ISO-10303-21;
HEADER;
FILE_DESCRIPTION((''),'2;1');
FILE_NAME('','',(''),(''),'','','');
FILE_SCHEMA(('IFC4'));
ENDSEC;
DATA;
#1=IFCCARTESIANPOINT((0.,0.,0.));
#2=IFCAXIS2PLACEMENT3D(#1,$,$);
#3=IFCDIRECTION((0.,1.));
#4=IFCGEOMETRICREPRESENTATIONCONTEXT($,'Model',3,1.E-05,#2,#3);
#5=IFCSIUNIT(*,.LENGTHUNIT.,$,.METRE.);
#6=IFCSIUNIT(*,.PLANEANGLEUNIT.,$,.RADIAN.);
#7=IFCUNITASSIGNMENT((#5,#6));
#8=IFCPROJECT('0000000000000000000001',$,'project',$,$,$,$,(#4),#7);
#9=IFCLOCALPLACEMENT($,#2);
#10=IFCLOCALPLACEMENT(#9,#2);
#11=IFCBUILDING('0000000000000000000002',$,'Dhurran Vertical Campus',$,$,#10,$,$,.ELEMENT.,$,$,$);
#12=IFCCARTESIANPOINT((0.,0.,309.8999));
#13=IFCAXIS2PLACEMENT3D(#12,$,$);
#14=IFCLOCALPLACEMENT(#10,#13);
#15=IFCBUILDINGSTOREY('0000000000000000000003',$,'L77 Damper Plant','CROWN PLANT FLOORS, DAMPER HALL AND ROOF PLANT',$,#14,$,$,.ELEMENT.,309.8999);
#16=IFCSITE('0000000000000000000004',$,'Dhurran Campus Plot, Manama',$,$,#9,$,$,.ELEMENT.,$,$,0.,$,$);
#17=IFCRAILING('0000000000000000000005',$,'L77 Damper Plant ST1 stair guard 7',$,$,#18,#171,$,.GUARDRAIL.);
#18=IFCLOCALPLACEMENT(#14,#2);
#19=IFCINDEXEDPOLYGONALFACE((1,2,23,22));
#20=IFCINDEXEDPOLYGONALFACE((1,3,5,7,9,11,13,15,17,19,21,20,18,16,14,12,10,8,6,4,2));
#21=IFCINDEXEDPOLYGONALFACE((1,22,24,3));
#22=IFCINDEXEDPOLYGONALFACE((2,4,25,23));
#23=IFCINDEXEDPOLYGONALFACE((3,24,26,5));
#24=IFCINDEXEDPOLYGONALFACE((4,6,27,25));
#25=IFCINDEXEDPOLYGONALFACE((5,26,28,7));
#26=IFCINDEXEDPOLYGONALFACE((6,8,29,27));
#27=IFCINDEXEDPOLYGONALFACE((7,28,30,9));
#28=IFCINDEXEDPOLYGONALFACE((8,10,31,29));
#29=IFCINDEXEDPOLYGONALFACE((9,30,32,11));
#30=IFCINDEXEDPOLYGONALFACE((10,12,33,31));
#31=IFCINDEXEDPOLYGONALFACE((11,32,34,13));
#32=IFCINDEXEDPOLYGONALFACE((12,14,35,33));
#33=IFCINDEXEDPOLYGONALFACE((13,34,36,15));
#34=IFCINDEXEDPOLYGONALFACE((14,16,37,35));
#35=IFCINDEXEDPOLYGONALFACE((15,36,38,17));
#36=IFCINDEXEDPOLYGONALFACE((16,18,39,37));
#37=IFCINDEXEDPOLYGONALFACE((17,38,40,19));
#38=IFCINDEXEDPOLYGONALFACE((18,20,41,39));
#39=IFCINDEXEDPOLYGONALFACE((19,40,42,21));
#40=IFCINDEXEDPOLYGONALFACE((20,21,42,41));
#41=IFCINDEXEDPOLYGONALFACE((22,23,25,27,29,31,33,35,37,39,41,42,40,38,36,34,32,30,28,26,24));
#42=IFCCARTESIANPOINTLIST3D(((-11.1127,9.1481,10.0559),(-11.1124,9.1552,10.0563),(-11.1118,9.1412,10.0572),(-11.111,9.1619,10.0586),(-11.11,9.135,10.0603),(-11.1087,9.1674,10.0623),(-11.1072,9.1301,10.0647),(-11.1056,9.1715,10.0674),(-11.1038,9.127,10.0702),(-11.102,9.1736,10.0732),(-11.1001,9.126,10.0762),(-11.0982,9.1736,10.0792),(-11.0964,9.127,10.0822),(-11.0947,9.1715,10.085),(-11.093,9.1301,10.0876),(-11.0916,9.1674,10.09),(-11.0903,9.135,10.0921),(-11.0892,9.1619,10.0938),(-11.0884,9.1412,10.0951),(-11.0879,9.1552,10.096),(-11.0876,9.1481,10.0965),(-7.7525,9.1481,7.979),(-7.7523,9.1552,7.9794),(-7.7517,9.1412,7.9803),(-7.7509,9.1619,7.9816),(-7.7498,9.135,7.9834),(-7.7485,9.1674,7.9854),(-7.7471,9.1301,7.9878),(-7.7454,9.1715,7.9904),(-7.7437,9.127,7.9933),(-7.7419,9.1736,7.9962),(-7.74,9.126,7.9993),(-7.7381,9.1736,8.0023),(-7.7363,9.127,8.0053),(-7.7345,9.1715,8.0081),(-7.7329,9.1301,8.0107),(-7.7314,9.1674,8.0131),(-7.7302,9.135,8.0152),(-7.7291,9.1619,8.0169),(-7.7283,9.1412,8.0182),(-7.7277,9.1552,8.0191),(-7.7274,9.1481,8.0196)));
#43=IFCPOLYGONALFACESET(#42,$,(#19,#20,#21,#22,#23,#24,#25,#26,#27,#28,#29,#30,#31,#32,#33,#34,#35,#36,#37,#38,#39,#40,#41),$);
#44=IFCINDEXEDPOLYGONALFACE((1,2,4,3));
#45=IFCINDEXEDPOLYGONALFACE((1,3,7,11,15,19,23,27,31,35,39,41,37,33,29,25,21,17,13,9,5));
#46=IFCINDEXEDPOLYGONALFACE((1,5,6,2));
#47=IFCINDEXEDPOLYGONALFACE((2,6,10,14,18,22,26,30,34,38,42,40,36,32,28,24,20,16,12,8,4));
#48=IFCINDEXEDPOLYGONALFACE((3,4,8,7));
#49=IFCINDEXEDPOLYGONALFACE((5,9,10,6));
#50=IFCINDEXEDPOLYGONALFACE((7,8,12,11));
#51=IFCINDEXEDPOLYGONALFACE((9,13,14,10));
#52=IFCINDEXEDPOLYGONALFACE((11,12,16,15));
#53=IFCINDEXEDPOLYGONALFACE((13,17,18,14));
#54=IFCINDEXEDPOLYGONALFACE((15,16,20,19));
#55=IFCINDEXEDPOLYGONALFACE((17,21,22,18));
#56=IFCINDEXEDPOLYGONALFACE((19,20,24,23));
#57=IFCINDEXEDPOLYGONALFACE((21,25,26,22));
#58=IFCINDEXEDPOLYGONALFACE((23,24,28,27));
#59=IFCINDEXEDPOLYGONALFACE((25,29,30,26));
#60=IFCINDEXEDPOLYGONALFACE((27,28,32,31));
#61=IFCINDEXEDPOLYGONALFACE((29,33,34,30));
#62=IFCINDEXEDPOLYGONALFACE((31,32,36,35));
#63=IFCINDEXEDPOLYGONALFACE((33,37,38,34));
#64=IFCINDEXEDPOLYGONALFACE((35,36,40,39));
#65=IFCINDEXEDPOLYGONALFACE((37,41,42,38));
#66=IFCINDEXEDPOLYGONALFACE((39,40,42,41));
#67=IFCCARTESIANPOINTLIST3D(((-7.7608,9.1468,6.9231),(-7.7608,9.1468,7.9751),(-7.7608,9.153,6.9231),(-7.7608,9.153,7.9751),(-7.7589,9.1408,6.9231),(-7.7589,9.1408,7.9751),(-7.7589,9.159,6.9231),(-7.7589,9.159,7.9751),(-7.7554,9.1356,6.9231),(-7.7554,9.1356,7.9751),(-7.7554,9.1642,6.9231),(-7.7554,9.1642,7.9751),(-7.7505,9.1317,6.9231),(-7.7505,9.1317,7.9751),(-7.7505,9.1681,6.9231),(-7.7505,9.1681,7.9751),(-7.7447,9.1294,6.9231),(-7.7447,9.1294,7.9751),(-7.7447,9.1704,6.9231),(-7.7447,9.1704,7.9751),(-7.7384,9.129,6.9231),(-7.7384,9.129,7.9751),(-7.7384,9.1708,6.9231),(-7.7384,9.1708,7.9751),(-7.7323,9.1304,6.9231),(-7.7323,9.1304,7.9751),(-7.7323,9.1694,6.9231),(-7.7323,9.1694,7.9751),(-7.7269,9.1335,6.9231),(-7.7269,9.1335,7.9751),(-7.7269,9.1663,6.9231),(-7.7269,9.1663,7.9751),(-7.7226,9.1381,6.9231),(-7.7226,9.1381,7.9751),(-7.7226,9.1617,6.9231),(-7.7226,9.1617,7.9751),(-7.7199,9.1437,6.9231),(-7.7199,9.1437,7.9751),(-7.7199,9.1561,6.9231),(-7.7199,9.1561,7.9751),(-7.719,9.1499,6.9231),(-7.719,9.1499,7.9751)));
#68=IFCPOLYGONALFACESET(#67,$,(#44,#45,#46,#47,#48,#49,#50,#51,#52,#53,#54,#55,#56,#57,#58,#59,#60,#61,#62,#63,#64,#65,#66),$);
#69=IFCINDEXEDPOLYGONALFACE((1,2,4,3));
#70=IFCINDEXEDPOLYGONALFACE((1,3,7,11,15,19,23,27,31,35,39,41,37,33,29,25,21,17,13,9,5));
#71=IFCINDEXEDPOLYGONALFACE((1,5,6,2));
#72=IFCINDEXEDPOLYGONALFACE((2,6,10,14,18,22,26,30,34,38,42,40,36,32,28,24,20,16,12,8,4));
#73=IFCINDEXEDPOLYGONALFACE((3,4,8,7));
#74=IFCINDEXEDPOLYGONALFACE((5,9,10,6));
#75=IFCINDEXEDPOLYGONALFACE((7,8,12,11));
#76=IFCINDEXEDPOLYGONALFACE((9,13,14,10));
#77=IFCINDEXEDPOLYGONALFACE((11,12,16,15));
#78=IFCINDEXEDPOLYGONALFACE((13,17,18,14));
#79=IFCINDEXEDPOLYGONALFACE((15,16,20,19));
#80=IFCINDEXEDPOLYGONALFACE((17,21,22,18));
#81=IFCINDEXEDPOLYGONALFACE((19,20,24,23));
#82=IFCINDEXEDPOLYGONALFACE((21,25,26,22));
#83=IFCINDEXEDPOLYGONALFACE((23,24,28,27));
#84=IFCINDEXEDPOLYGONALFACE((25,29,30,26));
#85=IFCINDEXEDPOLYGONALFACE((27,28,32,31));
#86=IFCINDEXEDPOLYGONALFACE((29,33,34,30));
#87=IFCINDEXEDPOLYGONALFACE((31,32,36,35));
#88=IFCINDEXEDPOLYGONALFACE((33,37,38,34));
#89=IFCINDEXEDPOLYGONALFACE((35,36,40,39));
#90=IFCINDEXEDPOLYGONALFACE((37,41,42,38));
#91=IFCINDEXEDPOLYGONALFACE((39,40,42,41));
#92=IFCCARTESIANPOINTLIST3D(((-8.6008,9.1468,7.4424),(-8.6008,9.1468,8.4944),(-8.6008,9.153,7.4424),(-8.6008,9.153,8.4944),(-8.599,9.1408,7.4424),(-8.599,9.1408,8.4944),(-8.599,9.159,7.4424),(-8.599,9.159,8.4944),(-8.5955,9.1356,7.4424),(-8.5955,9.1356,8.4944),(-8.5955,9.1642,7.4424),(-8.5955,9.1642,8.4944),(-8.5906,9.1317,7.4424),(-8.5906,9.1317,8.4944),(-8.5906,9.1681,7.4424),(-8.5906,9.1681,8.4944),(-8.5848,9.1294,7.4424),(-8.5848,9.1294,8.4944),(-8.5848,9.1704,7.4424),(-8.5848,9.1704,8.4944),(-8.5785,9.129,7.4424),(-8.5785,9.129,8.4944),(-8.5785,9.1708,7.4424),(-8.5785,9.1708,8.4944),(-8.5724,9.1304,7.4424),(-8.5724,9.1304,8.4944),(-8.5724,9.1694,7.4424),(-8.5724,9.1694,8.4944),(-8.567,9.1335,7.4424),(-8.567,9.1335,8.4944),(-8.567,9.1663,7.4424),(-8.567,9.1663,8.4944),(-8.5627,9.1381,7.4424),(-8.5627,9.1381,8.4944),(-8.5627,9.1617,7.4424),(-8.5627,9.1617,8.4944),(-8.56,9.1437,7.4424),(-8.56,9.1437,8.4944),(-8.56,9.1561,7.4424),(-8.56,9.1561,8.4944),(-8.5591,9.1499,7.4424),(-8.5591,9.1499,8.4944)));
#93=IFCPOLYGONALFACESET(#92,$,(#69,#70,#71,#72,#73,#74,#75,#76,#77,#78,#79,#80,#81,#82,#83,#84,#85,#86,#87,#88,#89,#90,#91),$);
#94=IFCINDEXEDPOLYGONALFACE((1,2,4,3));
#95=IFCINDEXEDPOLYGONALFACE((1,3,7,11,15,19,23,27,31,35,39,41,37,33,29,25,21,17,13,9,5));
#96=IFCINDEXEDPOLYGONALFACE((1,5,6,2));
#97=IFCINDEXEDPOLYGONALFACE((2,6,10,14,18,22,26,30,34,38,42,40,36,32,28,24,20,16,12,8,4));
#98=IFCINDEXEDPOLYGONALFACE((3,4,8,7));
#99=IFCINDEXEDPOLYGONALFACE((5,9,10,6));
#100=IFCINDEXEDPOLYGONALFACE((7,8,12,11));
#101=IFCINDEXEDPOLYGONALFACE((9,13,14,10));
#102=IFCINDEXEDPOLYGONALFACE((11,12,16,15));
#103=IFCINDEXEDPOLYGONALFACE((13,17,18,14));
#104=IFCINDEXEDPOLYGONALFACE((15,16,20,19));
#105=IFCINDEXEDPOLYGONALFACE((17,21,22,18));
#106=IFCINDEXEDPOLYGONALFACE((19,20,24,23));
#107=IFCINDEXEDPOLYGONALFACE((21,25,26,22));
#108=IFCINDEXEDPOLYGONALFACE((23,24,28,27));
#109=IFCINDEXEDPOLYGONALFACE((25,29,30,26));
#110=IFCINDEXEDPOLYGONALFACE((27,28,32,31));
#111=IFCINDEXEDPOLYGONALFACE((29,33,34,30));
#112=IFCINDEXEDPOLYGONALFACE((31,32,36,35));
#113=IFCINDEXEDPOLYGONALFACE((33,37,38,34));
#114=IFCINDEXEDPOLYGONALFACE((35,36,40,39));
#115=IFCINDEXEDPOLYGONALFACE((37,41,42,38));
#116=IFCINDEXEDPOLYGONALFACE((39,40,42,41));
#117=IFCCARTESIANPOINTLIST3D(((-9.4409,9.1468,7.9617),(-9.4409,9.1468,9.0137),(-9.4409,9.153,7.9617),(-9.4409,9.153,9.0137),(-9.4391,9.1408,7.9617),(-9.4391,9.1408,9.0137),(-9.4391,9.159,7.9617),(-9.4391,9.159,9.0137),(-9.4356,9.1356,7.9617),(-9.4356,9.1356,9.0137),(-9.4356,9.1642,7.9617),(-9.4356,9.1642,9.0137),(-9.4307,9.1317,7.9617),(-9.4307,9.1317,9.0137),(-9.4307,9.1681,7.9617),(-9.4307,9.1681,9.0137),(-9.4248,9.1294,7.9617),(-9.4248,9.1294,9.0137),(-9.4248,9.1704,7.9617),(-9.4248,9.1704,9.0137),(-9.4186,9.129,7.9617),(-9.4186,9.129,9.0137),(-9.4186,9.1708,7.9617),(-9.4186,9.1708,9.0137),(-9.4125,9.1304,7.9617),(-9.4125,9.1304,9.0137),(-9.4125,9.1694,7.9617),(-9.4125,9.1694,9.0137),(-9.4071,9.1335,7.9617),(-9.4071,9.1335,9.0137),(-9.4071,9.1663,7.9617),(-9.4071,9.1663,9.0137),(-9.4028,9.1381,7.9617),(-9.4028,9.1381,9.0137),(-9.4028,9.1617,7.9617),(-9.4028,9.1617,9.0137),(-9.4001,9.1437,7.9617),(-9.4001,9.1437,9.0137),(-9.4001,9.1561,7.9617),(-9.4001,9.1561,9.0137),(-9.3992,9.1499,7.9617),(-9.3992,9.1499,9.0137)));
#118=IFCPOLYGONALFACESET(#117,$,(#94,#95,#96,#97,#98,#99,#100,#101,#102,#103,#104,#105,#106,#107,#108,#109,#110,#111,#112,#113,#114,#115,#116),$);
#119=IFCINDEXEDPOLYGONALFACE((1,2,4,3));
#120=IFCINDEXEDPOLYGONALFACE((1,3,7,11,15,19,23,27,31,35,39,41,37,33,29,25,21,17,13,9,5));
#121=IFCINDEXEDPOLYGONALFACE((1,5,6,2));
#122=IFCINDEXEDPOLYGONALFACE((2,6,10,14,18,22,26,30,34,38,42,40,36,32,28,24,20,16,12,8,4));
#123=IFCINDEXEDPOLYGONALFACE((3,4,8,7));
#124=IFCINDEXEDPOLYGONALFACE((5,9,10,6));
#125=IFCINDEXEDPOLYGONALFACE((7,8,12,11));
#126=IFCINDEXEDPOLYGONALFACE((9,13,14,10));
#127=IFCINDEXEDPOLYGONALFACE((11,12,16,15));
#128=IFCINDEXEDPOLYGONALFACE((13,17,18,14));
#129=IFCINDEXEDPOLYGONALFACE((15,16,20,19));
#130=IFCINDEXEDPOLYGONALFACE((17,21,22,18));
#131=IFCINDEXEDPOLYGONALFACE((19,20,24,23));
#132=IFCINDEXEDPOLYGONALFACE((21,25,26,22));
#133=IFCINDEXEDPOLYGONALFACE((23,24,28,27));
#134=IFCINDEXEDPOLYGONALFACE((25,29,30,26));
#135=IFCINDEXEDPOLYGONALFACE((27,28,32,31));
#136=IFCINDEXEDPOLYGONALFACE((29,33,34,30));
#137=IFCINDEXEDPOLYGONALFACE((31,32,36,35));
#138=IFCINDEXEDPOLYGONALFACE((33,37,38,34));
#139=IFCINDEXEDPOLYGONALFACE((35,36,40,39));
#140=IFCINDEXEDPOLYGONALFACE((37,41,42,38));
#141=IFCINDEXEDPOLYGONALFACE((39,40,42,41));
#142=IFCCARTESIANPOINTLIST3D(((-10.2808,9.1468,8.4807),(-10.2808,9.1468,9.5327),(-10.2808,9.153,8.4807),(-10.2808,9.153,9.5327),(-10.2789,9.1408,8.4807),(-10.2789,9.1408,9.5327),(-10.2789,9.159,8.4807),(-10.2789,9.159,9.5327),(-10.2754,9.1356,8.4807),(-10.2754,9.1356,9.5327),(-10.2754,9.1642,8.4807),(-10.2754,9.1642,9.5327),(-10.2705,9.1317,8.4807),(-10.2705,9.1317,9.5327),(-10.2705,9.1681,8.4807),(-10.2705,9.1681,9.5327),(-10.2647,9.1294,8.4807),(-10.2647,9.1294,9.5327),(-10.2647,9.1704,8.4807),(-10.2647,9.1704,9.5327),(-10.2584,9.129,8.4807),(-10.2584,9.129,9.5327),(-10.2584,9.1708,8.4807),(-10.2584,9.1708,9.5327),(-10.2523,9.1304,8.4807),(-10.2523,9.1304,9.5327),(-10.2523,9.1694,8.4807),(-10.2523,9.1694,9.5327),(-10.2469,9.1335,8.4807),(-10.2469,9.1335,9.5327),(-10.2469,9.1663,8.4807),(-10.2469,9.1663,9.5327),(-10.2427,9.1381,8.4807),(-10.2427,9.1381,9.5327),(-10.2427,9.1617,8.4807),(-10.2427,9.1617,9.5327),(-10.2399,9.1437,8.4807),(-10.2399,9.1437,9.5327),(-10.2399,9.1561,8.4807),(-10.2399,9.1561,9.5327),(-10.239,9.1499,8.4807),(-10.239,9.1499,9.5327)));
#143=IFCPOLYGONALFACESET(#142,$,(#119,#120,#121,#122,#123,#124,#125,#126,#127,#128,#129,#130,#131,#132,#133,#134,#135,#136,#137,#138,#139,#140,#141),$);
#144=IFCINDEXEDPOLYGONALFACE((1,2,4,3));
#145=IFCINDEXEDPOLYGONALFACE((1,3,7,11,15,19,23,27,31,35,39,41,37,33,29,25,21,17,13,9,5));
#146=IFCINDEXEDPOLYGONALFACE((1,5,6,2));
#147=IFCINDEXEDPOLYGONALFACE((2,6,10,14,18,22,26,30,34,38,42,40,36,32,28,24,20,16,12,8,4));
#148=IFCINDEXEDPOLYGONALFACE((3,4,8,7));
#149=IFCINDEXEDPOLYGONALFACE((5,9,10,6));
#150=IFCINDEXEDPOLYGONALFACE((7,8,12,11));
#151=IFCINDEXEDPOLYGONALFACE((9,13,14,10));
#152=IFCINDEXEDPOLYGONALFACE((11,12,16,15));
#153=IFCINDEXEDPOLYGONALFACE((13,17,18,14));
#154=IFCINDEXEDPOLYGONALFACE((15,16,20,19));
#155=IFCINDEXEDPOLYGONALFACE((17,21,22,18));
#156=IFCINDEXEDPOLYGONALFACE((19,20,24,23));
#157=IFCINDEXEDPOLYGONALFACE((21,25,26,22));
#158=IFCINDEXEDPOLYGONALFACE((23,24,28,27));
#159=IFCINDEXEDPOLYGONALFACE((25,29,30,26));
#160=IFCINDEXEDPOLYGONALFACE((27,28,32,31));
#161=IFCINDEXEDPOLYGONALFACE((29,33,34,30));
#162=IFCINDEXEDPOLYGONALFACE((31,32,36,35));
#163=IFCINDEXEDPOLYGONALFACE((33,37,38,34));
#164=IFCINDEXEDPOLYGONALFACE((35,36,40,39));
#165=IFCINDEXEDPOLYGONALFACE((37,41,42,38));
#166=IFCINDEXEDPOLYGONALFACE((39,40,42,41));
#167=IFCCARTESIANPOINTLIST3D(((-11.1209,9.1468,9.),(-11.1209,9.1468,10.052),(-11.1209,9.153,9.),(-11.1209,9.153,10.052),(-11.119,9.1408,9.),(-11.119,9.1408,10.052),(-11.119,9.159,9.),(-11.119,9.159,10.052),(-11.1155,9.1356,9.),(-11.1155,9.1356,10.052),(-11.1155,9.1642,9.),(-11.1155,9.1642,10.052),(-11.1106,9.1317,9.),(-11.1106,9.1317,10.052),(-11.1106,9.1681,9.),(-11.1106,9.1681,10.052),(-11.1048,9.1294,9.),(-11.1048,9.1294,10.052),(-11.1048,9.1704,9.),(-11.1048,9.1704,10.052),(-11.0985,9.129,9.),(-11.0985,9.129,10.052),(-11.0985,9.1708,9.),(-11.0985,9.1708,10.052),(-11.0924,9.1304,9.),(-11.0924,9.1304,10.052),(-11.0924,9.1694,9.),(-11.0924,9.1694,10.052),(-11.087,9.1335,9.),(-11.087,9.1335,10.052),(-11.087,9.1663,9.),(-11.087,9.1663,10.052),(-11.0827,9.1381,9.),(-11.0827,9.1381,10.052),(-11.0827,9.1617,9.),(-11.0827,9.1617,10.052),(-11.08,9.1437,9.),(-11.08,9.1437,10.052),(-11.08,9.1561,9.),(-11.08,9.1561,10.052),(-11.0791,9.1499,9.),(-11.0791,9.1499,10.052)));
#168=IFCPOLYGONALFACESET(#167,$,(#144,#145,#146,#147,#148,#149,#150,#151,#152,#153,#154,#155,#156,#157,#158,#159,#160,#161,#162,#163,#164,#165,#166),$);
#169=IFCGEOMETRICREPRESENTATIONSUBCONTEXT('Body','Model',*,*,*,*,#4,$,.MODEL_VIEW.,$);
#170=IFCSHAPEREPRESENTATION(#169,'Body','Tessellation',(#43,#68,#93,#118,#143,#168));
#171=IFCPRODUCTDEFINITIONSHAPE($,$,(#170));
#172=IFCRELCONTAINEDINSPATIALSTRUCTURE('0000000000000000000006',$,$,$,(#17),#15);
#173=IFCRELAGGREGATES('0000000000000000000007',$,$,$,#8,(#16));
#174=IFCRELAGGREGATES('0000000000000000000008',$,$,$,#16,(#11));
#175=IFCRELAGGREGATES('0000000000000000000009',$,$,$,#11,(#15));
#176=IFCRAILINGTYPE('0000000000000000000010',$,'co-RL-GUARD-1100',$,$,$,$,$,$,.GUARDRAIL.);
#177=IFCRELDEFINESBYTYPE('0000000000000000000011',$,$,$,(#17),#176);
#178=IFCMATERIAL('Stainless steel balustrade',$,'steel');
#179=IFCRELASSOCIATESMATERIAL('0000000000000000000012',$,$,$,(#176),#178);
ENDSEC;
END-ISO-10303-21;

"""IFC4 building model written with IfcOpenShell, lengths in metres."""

from ifc_helpers import new_model, si_unit, direction, frame, origin, origin_2d, place, context, subcontext, project, spatial, circle, extrude, material, type_object, element, save


model = new_model("IFC4")

# Units and contexts
model_context = context("Model", 3, precision=1e-05, world=origin(), true_north=direction((0.0, 1.0)))
body_context = subcontext(model_context, "Body", "Model", "MODEL_VIEW")
ifc_project = project(units=[si_unit("LENGTHUNIT", "METRE"), si_unit("PLANEANGLEUNIT", "RADIAN")], contexts=[model_context])

# Site, building, storey
site_placement = place(None, origin())
site = spatial("IfcSite", under=ifc_project, at=site_placement, Name="Dhurran Campus Plot, Manama", CompositionType="ELEMENT", RefElevation=0.0)
building_placement = place(site_placement, origin())
building = spatial("IfcBuilding", under=site, at=building_placement, Name="Dhurran Vertical Campus", CompositionType="ELEMENT")
storey_placement = place(building_placement, frame((0.0, 0.0, 309.8999)))
storey = spatial("IfcBuildingStorey", under=building, at=storey_placement, Name="L77 Damper Plant", Description="CROWN PLANT FLOORS, DAMPER HALL AND ROOF PLANT", CompositionType="ELEMENT", Elevation=309.8999)

# Railing
ifc_material_1 = material(Name="Stainless steel balustrade", Category="steel")
railing_type_1 = type_object("IfcRailingType", Name="co-RL-GUARD-1100", PredefinedType="GUARDRAIL", material=ifc_material_1)
railing_1_placement = place(storey_placement, frame((-7.74, 9.1499, 6.9231)))
element("IfcRailing", 1, at=railing_1_placement, inside=storey, type_object=railing_type_1, Name="L77 Damper Plant ST1 stair guard 7", PredefinedType="GUARDRAIL", context=body_context, shape_type="SweptSolid", body=[
    extrude(circle(Radius=0.0239, at=origin_2d()), frame((0.0, 0.0, 1.0762), z_axis=(-0.850623, 0.0, 0.525776), x_axis=(0.0, -1.0, 0.0)), (0.0, 0.0, 1.0), 3.9502),
    extrude(circle(Radius=0.021, at=origin_2d()), origin(), (0.0, 0.0, 1.0), 1.052),
    extrude(circle(Radius=0.021, at=origin_2d()), frame((-0.8401, 0.0, 0.5193)), (0.0, 0.0, 1.0), 1.052),
    extrude(circle(Radius=0.021, at=origin_2d()), frame((-1.6802, 0.0, 1.0386)), (0.0, 0.0, 1.0), 1.052),
    extrude(circle(Radius=0.021, at=origin_2d()), frame((-2.52, 0.0, 1.5576)), (0.0, 0.0, 1.0), 1.052),
    extrude(circle(Radius=0.021, at=origin_2d()), frame((-3.3601, 0.0, 2.0769)), (0.0, 0.0, 1.0), 1.052),
])

save(model, "model.ifc")
